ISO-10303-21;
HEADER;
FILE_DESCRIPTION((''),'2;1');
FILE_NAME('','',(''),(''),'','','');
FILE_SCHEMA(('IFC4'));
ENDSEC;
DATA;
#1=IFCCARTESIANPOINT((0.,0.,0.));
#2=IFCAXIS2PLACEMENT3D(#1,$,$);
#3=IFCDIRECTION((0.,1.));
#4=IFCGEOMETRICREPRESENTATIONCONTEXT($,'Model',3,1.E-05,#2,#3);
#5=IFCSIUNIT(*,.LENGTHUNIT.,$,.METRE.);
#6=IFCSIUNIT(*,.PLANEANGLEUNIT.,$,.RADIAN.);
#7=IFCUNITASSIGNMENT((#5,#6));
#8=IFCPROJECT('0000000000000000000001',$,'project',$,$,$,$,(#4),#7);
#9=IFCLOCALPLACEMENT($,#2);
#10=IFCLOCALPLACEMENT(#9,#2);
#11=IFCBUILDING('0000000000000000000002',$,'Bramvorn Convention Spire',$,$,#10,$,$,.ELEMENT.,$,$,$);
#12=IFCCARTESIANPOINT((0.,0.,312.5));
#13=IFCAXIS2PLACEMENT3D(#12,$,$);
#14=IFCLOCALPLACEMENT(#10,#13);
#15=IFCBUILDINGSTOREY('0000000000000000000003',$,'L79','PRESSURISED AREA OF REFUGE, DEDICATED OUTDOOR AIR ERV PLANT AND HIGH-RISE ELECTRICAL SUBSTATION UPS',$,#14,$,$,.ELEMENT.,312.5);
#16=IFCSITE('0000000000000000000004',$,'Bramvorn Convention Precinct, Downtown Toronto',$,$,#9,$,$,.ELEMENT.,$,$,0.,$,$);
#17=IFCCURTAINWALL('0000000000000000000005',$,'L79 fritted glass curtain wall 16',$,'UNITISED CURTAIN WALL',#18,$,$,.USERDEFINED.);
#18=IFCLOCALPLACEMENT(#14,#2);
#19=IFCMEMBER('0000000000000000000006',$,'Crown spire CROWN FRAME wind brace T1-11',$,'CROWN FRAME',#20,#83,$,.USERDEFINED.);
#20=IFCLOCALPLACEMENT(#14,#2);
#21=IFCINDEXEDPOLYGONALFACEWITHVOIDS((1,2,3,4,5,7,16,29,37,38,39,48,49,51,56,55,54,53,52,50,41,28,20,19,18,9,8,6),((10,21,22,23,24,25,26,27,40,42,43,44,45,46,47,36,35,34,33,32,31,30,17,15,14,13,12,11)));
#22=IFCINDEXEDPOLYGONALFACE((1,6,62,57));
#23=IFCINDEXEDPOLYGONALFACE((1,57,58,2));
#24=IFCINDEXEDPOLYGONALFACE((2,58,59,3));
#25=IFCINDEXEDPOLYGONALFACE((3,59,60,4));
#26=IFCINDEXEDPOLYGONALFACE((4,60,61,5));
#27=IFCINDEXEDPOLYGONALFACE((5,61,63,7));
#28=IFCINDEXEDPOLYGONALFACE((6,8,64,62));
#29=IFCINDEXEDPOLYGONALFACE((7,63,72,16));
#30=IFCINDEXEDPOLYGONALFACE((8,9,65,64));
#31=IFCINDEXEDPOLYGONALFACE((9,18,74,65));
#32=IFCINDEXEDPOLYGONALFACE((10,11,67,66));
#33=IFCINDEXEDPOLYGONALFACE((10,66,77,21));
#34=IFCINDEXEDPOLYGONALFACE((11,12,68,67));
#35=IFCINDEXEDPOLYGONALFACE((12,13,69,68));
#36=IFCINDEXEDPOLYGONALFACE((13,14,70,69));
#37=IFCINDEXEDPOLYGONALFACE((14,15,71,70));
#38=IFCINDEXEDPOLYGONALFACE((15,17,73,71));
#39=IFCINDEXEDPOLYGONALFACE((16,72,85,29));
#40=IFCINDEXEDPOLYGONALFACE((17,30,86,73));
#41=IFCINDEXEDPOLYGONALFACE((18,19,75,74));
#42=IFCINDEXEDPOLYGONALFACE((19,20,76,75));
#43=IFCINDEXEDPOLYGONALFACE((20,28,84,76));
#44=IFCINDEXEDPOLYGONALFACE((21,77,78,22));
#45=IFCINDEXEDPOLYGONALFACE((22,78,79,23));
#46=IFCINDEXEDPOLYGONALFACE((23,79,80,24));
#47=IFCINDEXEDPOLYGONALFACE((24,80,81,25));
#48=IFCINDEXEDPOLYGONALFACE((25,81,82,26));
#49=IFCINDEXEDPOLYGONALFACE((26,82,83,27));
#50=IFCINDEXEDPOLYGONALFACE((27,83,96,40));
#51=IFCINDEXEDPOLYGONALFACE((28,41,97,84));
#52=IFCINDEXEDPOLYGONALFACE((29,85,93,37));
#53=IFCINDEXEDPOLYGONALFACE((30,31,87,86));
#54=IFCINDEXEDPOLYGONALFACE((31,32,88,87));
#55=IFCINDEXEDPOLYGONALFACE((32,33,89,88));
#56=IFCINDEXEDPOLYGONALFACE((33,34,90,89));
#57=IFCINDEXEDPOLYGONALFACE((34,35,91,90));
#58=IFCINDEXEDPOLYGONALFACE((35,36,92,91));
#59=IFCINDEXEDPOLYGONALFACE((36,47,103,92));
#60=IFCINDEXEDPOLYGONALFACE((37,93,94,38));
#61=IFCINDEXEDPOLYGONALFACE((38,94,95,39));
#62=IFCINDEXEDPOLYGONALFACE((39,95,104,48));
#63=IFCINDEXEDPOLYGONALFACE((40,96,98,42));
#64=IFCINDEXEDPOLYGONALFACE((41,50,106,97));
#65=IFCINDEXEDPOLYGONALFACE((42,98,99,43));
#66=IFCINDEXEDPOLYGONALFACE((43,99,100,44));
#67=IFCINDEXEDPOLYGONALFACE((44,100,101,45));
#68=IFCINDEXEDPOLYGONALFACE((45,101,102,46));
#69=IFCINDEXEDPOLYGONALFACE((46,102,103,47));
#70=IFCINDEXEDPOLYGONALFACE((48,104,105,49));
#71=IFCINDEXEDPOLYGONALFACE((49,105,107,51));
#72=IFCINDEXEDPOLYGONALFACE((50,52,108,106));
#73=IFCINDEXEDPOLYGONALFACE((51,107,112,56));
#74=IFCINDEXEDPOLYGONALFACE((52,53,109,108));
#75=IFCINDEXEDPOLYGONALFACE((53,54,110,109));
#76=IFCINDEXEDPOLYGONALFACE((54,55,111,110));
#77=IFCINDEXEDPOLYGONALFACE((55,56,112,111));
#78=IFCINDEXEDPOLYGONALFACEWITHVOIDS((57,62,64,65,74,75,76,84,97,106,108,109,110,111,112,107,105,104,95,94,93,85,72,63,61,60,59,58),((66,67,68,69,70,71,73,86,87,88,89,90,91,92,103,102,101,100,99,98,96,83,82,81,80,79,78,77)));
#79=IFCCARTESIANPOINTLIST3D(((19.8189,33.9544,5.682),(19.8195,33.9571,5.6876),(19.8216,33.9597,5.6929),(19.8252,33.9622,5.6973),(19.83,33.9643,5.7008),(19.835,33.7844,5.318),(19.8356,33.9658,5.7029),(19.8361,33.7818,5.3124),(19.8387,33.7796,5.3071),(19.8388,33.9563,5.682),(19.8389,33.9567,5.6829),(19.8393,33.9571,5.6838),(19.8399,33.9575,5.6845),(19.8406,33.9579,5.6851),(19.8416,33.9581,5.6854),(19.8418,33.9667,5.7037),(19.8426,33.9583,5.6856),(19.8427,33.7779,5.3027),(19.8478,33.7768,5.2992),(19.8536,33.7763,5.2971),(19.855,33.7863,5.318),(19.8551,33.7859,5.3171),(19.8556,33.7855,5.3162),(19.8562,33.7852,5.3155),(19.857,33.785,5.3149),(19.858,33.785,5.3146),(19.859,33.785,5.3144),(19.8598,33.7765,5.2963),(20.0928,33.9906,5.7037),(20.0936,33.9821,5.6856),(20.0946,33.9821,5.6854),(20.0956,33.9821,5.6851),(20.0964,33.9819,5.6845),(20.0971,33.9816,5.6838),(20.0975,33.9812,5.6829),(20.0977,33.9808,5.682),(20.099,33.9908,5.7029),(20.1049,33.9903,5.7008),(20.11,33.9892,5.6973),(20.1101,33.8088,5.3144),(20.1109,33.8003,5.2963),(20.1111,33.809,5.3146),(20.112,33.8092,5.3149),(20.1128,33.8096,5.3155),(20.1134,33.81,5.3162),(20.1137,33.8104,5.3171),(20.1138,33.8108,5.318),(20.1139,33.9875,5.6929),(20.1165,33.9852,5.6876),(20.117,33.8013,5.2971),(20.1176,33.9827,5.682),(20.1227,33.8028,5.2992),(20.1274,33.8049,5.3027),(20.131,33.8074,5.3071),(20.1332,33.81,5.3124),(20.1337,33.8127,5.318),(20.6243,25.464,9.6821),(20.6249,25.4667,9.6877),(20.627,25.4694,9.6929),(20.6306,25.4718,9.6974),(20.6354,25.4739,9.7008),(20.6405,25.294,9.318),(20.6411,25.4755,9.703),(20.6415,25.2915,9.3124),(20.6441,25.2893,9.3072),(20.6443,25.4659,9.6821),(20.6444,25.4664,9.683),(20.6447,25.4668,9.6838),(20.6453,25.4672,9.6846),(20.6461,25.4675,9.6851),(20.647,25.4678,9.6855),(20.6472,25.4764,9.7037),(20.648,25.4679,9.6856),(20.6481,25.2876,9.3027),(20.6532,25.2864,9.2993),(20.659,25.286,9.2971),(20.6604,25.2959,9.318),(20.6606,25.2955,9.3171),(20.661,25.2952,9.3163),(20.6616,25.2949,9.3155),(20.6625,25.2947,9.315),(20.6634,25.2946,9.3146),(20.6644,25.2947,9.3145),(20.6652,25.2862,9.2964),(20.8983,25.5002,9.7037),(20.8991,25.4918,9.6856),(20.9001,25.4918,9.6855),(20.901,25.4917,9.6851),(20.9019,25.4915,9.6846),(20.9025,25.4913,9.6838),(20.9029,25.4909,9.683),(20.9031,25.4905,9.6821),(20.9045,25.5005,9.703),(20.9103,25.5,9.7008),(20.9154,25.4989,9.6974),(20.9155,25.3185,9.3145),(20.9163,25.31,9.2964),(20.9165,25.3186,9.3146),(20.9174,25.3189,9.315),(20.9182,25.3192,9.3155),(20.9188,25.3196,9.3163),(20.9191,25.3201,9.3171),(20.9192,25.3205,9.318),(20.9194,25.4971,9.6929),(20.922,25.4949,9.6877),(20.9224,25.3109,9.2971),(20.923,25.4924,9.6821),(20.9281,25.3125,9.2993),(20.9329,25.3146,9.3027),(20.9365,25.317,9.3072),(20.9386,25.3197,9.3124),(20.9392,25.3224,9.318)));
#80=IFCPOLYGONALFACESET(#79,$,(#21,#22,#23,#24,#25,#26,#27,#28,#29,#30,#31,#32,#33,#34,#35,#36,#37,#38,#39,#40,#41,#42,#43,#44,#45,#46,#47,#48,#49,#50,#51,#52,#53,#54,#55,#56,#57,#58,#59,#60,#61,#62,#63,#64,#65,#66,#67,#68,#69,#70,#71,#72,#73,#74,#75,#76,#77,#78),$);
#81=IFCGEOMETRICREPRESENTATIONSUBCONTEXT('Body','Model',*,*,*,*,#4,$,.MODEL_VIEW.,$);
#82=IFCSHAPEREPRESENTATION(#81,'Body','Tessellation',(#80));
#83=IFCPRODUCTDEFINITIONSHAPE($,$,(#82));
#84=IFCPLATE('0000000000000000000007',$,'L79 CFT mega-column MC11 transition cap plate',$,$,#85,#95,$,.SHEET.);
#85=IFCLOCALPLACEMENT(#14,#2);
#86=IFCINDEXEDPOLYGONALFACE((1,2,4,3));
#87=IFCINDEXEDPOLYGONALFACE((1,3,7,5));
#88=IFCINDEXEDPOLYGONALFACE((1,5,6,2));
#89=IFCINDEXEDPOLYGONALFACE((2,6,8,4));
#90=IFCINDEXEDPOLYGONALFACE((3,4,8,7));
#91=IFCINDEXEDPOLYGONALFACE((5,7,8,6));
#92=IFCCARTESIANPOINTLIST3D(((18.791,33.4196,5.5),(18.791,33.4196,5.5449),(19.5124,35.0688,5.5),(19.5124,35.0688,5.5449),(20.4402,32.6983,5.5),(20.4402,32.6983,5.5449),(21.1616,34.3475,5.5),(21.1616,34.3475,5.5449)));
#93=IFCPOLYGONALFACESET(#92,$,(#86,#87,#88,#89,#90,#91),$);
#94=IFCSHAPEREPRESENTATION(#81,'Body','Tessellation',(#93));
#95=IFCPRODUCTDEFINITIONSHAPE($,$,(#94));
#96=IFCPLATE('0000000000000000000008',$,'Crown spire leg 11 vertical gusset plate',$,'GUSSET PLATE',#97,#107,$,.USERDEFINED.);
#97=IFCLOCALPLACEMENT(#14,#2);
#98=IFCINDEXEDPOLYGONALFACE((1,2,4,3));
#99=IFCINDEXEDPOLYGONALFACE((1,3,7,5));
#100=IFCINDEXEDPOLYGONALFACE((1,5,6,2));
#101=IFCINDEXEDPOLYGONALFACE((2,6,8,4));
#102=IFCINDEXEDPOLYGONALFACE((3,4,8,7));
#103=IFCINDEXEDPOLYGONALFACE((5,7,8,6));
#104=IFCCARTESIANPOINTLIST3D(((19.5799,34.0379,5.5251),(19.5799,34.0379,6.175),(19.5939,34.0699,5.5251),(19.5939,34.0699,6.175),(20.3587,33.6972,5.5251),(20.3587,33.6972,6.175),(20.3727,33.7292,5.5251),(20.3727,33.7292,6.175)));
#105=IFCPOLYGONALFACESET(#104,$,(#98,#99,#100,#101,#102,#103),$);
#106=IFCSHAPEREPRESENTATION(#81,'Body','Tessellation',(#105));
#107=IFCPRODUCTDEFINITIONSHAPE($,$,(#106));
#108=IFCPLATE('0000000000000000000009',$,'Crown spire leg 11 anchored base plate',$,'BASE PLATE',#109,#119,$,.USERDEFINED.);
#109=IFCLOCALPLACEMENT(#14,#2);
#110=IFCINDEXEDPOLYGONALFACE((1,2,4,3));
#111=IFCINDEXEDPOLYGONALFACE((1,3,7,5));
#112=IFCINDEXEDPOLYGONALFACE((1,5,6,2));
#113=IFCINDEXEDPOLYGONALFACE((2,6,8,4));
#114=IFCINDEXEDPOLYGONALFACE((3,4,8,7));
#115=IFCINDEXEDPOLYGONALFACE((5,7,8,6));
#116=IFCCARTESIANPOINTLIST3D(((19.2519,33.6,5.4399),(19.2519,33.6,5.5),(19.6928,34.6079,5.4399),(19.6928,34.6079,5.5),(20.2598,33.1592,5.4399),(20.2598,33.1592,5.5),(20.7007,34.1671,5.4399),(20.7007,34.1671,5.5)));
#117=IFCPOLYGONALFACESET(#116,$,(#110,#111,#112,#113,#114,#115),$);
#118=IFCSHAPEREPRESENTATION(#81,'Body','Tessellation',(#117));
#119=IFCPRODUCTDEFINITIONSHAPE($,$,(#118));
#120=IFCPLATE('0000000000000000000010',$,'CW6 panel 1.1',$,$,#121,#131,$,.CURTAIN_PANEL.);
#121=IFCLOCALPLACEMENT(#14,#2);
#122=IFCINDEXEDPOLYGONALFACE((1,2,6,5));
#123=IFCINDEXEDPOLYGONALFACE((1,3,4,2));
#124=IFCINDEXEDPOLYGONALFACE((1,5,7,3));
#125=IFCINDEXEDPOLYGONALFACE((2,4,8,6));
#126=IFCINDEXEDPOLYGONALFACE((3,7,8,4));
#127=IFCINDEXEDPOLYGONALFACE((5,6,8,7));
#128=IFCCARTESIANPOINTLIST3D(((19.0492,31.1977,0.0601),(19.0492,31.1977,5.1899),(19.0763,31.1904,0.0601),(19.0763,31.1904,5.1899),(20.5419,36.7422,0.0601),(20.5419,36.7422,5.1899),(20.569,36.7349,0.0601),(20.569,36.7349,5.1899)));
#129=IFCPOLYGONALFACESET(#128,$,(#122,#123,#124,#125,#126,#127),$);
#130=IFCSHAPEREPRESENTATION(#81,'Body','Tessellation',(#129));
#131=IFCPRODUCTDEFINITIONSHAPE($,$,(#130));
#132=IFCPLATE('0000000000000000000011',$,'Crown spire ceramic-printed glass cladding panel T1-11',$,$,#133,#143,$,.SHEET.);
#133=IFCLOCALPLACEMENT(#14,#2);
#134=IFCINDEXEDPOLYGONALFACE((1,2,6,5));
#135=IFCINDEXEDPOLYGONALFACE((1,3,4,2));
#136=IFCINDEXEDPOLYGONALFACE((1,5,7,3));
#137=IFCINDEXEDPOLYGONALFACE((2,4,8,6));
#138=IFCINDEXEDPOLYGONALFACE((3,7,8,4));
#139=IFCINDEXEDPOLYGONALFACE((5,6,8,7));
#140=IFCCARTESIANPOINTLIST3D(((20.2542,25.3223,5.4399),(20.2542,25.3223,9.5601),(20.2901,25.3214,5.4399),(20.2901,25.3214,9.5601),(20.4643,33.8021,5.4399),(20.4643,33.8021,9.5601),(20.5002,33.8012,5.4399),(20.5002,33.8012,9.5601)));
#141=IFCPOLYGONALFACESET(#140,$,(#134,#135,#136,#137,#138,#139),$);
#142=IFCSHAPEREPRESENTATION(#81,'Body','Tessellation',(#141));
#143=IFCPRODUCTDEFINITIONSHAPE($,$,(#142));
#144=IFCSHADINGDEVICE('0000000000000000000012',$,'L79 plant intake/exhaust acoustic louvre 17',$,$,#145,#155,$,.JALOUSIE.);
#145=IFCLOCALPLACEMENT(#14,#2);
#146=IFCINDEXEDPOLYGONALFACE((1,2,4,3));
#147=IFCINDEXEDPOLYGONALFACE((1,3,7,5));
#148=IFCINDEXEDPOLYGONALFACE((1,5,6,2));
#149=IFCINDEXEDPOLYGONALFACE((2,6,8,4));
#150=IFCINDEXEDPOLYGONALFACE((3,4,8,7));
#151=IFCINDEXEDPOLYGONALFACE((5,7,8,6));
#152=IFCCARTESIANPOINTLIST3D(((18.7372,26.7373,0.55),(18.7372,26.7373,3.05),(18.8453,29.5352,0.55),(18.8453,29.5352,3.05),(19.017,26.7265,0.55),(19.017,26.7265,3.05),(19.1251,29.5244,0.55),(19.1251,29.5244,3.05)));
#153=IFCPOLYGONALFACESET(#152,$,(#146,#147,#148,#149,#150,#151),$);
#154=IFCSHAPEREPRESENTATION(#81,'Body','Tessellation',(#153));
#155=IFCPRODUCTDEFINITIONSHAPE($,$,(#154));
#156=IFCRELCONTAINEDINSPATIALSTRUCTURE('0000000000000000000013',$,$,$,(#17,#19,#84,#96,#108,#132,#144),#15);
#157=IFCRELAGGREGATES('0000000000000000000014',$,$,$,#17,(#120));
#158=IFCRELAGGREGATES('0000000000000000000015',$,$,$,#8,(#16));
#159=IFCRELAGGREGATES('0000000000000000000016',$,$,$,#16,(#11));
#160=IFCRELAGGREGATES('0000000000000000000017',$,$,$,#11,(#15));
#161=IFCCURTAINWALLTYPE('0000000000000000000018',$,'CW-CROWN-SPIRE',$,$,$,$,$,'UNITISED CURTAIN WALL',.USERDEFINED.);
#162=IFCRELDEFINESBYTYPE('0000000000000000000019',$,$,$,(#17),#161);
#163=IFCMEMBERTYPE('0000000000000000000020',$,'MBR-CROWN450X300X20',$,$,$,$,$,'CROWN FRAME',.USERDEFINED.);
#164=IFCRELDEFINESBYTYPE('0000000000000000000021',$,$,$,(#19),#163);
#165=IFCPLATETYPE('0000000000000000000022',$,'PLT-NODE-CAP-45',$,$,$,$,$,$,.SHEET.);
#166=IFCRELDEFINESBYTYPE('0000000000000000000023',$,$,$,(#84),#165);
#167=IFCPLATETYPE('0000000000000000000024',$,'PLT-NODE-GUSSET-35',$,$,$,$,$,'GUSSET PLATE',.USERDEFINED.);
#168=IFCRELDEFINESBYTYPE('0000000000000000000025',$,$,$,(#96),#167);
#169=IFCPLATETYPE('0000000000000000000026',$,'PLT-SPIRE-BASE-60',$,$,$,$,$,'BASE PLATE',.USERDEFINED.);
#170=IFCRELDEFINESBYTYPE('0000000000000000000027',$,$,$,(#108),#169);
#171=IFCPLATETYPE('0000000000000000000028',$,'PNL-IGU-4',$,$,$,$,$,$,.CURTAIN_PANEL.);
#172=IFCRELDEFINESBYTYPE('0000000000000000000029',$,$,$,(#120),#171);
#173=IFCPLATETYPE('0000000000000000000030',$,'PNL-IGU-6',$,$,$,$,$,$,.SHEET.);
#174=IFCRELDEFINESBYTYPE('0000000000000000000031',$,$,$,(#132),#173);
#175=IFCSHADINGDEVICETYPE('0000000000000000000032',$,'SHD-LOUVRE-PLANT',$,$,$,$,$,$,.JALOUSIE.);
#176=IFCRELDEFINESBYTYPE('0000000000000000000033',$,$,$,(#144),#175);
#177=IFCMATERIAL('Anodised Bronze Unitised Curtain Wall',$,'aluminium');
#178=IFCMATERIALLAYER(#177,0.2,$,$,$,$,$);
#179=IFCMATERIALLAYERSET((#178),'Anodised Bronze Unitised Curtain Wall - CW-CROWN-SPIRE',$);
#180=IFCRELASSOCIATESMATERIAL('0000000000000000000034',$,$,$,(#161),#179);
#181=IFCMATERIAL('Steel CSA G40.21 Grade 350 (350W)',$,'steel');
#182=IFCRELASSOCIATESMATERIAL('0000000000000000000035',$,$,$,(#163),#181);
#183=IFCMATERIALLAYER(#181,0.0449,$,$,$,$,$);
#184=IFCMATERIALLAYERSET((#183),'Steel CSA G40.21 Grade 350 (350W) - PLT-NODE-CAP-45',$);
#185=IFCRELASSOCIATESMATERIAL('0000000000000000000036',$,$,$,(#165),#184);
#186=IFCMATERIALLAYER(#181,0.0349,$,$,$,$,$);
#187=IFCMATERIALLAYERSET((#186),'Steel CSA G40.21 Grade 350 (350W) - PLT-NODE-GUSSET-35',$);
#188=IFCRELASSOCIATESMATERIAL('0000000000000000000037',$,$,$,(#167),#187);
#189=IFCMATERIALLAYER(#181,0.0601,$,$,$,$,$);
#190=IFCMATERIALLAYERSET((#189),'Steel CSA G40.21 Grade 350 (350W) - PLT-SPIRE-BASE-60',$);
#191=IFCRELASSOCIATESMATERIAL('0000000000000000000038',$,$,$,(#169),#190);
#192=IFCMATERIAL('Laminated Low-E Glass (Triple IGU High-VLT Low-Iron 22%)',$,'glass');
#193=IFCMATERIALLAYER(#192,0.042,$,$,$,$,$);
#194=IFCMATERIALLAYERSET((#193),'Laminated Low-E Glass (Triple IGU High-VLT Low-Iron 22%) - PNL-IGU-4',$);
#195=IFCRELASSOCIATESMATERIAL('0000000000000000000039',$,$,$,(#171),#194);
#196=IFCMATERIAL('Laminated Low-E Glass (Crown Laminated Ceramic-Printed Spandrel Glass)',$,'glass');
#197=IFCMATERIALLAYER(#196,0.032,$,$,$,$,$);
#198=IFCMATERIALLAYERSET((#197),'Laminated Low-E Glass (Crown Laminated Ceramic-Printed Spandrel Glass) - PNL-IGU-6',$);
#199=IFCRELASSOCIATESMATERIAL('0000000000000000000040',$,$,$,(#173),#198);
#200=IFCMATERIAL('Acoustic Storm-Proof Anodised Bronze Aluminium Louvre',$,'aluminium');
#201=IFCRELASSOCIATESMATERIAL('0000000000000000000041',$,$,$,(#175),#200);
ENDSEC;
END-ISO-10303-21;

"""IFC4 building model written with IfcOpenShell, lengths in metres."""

from ifc_helpers import new_model, si_unit, direction, frame, origin, origin_2d, place, context, subcontext, project, spatial, rectangle, hollow_rectangle, extrude, material, layer, layer_set, material_profile, profile_set, type_object, element, aggregate, save


model = new_model("IFC4")

# Units and contexts
model_context = context("Model", 3, precision=1e-05, world=origin(), true_north=direction((0.0, 1.0)))
body_context = subcontext(model_context, "Body", "Model", "MODEL_VIEW")
ifc_project = project(units=[si_unit("LENGTHUNIT", "METRE"), si_unit("PLANEANGLEUNIT", "RADIAN")], contexts=[model_context])

# Site, building, storey
site_placement = place(None, origin())
site = spatial("IfcSite", under=ifc_project, at=site_placement, Name="Bramvorn Convention Precinct, Downtown Toronto", CompositionType="ELEMENT", RefElevation=0.0)
building_placement = place(site_placement, origin())
building = spatial("IfcBuilding", under=site, at=building_placement, Name="Bramvorn Convention Spire", CompositionType="ELEMENT")
storey_placement = place(building_placement, frame((0.0, 0.0, 312.5)))
storey = spatial("IfcBuildingStorey", under=building, at=storey_placement, Name="L79", Description="PRESSURISED AREA OF REFUGE, DEDICATED OUTDOOR AIR ERV PLANT AND HIGH-RISE ELECTRICAL SUBSTATION UPS", CompositionType="ELEMENT", Elevation=312.5)

# Shared definitions
ifc_material_1 = material(Name="Steel CSA G40.21 Grade 350 (350W)", Category="steel")

# Shared definitions
ifc_material_2 = material(Name="Anodised Bronze Unitised Curtain Wall", Category="aluminium")
ifc_layer_1 = layer(ifc_material_2, 0.2)
ifc_layer_set_1 = layer_set([ifc_layer_1], Name="Anodised Bronze Unitised Curtain Wall - CW-CROWN-SPIRE")
curtain_wall_type = type_object("IfcCurtainWallType", Name="CW-CROWN-SPIRE", ElementType="UNITISED CURTAIN WALL", PredefinedType="USERDEFINED", material=ifc_layer_set_1)

# Curtain wall
curtain_wall_1_placement = place(storey_placement, origin())
curtain_wall_1 = element("IfcCurtainWall", 1, at=curtain_wall_1_placement, inside=storey, type_object=curtain_wall_type, Name="L79 fritted glass curtain wall 16", ObjectType="UNITISED CURTAIN WALL", PredefinedType="USERDEFINED")

# Member
ifc_material_profile_1 = material_profile(ifc_material_1, hollow_rectangle(XDim=0.3, YDim=0.45, WallThickness=0.02, InnerFilletRadius=0.0039, OuterFilletRadius=0.0239, at=origin_2d()))
ifc_profile_set_1 = profile_set([ifc_material_profile_1], Name="Steel CSA G40.21 Grade 350 (350W) - CROWN450X300X20")
member_type_1 = type_object("IfcMemberType", Name="MBR-CROWN450X300X20", ElementType="CROWN FRAME", PredefinedType="USERDEFINED", material=ifc_profile_set_1)
member_1_placement = place(storey_placement, frame((19.9763, 33.8835, 5.5), z_axis=(0.085503, -0.901317, 0.424637), x_axis=(0.995531, 0.09444, 0.0)))
element("IfcMember", 2, at=member_1_placement, inside=storey, type_object=member_type_1, Name="Crown spire CROWN FRAME wind brace T1-11", ObjectType="CROWN FRAME", PredefinedType="USERDEFINED", context=body_context, shape_type="SweptSolid", body=[
    extrude(hollow_rectangle(XDim=0.3, YDim=0.45, WallThickness=0.02, InnerFilletRadius=0.0039, OuterFilletRadius=0.0239, at=origin_2d()), origin(), (0.0, 0.0, 1.0), 9.4199),
])

# Plates
ifc_layer_2 = layer(ifc_material_1, 0.0449)
ifc_layer_set_2 = layer_set([ifc_layer_2], Name="Steel CSA G40.21 Grade 350 (350W) - PLT-NODE-CAP-45")
plate_type_1 = type_object("IfcPlateType", Name="PLT-NODE-CAP-45", PredefinedType="SHEET", material=ifc_layer_set_2)
plate_1_placement = place(storey_placement, frame((19.9763, 33.8835, 5.5), z_axis=(0.0, 0.0, 1.0), x_axis=(-0.916192, 0.400739, 0.0)))
element("IfcPlate", 3, at=plate_1_placement, inside=storey, type_object=plate_type_1, Name="L79 CFT mega-column MC11 transition cap plate", PredefinedType="SHEET", context=body_context, shape_type="SweptSolid", body=[
    extrude(rectangle(XDim=1.8, YDim=1.8, at=origin_2d()), origin(), (0.0, 0.0, 1.0), 0.0449),
])
ifc_layer_3 = layer(ifc_material_1, 0.0349)
ifc_layer_set_3 = layer_set([ifc_layer_3], Name="Steel CSA G40.21 Grade 350 (350W) - PLT-NODE-GUSSET-35")
plate_type_2 = type_object("IfcPlateType", Name="PLT-NODE-GUSSET-35", ElementType="GUSSET PLATE", PredefinedType="USERDEFINED", material=ifc_layer_set_3)
plate_2_placement = place(storey_placement, frame((19.9763, 33.8835, 5.5251), z_axis=(0.0, 0.0, 1.0), x_axis=(-0.916192, 0.400739, 0.0)))
element("IfcPlate", 4, at=plate_2_placement, inside=storey, type_object=plate_type_2, Name="Crown spire leg 11 vertical gusset plate", ObjectType="GUSSET PLATE", PredefinedType="USERDEFINED", context=body_context, shape_type="SweptSolid", body=[
    extrude(rectangle(XDim=0.8501, YDim=0.0349, at=origin_2d()), origin(), (0.0, 0.0, 1.0), 0.6499),
])
ifc_layer_4 = layer(ifc_material_1, 0.0601)
ifc_layer_set_4 = layer_set([ifc_layer_4], Name="Steel CSA G40.21 Grade 350 (350W) - PLT-SPIRE-BASE-60")
plate_type_3 = type_object("IfcPlateType", Name="PLT-SPIRE-BASE-60", ElementType="BASE PLATE", PredefinedType="USERDEFINED", material=ifc_layer_set_4)
plate_3_placement = place(storey_placement, frame((19.9763, 33.8835, 5.4399), z_axis=(0.0, 0.0, 1.0), x_axis=(-0.916192, 0.400739, 0.0)))
element("IfcPlate", 5, at=plate_3_placement, inside=storey, type_object=plate_type_3, Name="Crown spire leg 11 anchored base plate", ObjectType="BASE PLATE", PredefinedType="USERDEFINED", context=body_context, shape_type="SweptSolid", body=[
    extrude(rectangle(XDim=1.1001, YDim=1.1001, at=origin_2d()), origin(), (0.0, 0.0, 1.0), 0.0601),
])

# Plates
ifc_material_3 = material(Name="Laminated Low-E Glass (Triple IGU High-VLT Low-Iron 22%)", Category="glass")
ifc_layer_5 = layer(ifc_material_3, 0.042)
ifc_layer_set_5 = layer_set([ifc_layer_5], Name="Laminated Low-E Glass (Triple IGU High-VLT Low-Iron 22%) - PNL-IGU-4")
plate_type_4 = type_object("IfcPlateType", Name="PNL-IGU-4", PredefinedType="CURTAIN_PANEL", material=ifc_layer_set_5)
plate_4_placement = place(storey_placement, frame((19.8091, 33.9663, 0.0601), z_axis=(0.0, 0.0, 1.0), x_axis=(0.259965, 0.965618, 0.0)))
plate_4 = element("IfcPlate", 6, at=plate_4_placement, type_object=plate_type_4, Name="CW6 panel 1.1", PredefinedType="CURTAIN_PANEL", context=body_context, shape_type="SweptSolid", body=[
    extrude(rectangle(XDim=5.7419, YDim=0.0281, at=origin_2d()), origin(), (0.0, 0.0, 1.0), 5.1299),
])
aggregate(curtain_wall_1, [plate_4])
ifc_material_4 = material(Name="Laminated Low-E Glass (Crown Laminated Ceramic-Printed Spandrel Glass)", Category="glass")
ifc_layer_6 = layer(ifc_material_4, 0.032)
ifc_layer_set_6 = layer_set([ifc_layer_6], Name="Laminated Low-E Glass (Crown Laminated Ceramic-Printed Spandrel Glass) - PNL-IGU-6")
plate_type_5 = type_object("IfcPlateType", Name="PNL-IGU-6", PredefinedType="SHEET", material=ifc_layer_set_6)
plate_5_placement = place(storey_placement, frame((20.3772, 29.5618, 5.4399), z_axis=(0.0, 0.0, 1.0), x_axis=(-0.024772, -0.999693, 0.0)))
element("IfcPlate", 7, at=plate_5_placement, inside=storey, type_object=plate_type_5, Name="Crown spire ceramic-printed glass cladding panel T1-11", PredefinedType="SHEET", context=body_context, shape_type="SweptSolid", body=[
    extrude(rectangle(XDim=8.4824, YDim=0.0359, at=origin_2d()), origin(), (0.0, 0.0, 1.0), 4.1201),
])

# Shading device
ifc_material_5 = material(Name="Acoustic Storm-Proof Anodised Bronze Aluminium Louvre", Category="aluminium")
shading_device_type = type_object("IfcShadingDeviceType", Name="SHD-LOUVRE-PLANT", PredefinedType="JALOUSIE", material=ifc_material_5)
shading_device_placement = place(storey_placement, frame((18.9312, 28.1309, 0.55), z_axis=(0.0, 0.0, 1.0), x_axis=(0.038604, 0.999255, 0.0)))
element("IfcShadingDevice", 8, at=shading_device_placement, inside=storey, type_object=shading_device_type, Name="L79 plant intake/exhaust acoustic louvre 17", PredefinedType="JALOUSIE", context=body_context, shape_type="SweptSolid", body=[
    extrude(rectangle(XDim=2.8, YDim=0.28, at=origin_2d()), origin(), (0.0, 0.0, 1.0), 2.5),
])

save(model, "model.ifc")
